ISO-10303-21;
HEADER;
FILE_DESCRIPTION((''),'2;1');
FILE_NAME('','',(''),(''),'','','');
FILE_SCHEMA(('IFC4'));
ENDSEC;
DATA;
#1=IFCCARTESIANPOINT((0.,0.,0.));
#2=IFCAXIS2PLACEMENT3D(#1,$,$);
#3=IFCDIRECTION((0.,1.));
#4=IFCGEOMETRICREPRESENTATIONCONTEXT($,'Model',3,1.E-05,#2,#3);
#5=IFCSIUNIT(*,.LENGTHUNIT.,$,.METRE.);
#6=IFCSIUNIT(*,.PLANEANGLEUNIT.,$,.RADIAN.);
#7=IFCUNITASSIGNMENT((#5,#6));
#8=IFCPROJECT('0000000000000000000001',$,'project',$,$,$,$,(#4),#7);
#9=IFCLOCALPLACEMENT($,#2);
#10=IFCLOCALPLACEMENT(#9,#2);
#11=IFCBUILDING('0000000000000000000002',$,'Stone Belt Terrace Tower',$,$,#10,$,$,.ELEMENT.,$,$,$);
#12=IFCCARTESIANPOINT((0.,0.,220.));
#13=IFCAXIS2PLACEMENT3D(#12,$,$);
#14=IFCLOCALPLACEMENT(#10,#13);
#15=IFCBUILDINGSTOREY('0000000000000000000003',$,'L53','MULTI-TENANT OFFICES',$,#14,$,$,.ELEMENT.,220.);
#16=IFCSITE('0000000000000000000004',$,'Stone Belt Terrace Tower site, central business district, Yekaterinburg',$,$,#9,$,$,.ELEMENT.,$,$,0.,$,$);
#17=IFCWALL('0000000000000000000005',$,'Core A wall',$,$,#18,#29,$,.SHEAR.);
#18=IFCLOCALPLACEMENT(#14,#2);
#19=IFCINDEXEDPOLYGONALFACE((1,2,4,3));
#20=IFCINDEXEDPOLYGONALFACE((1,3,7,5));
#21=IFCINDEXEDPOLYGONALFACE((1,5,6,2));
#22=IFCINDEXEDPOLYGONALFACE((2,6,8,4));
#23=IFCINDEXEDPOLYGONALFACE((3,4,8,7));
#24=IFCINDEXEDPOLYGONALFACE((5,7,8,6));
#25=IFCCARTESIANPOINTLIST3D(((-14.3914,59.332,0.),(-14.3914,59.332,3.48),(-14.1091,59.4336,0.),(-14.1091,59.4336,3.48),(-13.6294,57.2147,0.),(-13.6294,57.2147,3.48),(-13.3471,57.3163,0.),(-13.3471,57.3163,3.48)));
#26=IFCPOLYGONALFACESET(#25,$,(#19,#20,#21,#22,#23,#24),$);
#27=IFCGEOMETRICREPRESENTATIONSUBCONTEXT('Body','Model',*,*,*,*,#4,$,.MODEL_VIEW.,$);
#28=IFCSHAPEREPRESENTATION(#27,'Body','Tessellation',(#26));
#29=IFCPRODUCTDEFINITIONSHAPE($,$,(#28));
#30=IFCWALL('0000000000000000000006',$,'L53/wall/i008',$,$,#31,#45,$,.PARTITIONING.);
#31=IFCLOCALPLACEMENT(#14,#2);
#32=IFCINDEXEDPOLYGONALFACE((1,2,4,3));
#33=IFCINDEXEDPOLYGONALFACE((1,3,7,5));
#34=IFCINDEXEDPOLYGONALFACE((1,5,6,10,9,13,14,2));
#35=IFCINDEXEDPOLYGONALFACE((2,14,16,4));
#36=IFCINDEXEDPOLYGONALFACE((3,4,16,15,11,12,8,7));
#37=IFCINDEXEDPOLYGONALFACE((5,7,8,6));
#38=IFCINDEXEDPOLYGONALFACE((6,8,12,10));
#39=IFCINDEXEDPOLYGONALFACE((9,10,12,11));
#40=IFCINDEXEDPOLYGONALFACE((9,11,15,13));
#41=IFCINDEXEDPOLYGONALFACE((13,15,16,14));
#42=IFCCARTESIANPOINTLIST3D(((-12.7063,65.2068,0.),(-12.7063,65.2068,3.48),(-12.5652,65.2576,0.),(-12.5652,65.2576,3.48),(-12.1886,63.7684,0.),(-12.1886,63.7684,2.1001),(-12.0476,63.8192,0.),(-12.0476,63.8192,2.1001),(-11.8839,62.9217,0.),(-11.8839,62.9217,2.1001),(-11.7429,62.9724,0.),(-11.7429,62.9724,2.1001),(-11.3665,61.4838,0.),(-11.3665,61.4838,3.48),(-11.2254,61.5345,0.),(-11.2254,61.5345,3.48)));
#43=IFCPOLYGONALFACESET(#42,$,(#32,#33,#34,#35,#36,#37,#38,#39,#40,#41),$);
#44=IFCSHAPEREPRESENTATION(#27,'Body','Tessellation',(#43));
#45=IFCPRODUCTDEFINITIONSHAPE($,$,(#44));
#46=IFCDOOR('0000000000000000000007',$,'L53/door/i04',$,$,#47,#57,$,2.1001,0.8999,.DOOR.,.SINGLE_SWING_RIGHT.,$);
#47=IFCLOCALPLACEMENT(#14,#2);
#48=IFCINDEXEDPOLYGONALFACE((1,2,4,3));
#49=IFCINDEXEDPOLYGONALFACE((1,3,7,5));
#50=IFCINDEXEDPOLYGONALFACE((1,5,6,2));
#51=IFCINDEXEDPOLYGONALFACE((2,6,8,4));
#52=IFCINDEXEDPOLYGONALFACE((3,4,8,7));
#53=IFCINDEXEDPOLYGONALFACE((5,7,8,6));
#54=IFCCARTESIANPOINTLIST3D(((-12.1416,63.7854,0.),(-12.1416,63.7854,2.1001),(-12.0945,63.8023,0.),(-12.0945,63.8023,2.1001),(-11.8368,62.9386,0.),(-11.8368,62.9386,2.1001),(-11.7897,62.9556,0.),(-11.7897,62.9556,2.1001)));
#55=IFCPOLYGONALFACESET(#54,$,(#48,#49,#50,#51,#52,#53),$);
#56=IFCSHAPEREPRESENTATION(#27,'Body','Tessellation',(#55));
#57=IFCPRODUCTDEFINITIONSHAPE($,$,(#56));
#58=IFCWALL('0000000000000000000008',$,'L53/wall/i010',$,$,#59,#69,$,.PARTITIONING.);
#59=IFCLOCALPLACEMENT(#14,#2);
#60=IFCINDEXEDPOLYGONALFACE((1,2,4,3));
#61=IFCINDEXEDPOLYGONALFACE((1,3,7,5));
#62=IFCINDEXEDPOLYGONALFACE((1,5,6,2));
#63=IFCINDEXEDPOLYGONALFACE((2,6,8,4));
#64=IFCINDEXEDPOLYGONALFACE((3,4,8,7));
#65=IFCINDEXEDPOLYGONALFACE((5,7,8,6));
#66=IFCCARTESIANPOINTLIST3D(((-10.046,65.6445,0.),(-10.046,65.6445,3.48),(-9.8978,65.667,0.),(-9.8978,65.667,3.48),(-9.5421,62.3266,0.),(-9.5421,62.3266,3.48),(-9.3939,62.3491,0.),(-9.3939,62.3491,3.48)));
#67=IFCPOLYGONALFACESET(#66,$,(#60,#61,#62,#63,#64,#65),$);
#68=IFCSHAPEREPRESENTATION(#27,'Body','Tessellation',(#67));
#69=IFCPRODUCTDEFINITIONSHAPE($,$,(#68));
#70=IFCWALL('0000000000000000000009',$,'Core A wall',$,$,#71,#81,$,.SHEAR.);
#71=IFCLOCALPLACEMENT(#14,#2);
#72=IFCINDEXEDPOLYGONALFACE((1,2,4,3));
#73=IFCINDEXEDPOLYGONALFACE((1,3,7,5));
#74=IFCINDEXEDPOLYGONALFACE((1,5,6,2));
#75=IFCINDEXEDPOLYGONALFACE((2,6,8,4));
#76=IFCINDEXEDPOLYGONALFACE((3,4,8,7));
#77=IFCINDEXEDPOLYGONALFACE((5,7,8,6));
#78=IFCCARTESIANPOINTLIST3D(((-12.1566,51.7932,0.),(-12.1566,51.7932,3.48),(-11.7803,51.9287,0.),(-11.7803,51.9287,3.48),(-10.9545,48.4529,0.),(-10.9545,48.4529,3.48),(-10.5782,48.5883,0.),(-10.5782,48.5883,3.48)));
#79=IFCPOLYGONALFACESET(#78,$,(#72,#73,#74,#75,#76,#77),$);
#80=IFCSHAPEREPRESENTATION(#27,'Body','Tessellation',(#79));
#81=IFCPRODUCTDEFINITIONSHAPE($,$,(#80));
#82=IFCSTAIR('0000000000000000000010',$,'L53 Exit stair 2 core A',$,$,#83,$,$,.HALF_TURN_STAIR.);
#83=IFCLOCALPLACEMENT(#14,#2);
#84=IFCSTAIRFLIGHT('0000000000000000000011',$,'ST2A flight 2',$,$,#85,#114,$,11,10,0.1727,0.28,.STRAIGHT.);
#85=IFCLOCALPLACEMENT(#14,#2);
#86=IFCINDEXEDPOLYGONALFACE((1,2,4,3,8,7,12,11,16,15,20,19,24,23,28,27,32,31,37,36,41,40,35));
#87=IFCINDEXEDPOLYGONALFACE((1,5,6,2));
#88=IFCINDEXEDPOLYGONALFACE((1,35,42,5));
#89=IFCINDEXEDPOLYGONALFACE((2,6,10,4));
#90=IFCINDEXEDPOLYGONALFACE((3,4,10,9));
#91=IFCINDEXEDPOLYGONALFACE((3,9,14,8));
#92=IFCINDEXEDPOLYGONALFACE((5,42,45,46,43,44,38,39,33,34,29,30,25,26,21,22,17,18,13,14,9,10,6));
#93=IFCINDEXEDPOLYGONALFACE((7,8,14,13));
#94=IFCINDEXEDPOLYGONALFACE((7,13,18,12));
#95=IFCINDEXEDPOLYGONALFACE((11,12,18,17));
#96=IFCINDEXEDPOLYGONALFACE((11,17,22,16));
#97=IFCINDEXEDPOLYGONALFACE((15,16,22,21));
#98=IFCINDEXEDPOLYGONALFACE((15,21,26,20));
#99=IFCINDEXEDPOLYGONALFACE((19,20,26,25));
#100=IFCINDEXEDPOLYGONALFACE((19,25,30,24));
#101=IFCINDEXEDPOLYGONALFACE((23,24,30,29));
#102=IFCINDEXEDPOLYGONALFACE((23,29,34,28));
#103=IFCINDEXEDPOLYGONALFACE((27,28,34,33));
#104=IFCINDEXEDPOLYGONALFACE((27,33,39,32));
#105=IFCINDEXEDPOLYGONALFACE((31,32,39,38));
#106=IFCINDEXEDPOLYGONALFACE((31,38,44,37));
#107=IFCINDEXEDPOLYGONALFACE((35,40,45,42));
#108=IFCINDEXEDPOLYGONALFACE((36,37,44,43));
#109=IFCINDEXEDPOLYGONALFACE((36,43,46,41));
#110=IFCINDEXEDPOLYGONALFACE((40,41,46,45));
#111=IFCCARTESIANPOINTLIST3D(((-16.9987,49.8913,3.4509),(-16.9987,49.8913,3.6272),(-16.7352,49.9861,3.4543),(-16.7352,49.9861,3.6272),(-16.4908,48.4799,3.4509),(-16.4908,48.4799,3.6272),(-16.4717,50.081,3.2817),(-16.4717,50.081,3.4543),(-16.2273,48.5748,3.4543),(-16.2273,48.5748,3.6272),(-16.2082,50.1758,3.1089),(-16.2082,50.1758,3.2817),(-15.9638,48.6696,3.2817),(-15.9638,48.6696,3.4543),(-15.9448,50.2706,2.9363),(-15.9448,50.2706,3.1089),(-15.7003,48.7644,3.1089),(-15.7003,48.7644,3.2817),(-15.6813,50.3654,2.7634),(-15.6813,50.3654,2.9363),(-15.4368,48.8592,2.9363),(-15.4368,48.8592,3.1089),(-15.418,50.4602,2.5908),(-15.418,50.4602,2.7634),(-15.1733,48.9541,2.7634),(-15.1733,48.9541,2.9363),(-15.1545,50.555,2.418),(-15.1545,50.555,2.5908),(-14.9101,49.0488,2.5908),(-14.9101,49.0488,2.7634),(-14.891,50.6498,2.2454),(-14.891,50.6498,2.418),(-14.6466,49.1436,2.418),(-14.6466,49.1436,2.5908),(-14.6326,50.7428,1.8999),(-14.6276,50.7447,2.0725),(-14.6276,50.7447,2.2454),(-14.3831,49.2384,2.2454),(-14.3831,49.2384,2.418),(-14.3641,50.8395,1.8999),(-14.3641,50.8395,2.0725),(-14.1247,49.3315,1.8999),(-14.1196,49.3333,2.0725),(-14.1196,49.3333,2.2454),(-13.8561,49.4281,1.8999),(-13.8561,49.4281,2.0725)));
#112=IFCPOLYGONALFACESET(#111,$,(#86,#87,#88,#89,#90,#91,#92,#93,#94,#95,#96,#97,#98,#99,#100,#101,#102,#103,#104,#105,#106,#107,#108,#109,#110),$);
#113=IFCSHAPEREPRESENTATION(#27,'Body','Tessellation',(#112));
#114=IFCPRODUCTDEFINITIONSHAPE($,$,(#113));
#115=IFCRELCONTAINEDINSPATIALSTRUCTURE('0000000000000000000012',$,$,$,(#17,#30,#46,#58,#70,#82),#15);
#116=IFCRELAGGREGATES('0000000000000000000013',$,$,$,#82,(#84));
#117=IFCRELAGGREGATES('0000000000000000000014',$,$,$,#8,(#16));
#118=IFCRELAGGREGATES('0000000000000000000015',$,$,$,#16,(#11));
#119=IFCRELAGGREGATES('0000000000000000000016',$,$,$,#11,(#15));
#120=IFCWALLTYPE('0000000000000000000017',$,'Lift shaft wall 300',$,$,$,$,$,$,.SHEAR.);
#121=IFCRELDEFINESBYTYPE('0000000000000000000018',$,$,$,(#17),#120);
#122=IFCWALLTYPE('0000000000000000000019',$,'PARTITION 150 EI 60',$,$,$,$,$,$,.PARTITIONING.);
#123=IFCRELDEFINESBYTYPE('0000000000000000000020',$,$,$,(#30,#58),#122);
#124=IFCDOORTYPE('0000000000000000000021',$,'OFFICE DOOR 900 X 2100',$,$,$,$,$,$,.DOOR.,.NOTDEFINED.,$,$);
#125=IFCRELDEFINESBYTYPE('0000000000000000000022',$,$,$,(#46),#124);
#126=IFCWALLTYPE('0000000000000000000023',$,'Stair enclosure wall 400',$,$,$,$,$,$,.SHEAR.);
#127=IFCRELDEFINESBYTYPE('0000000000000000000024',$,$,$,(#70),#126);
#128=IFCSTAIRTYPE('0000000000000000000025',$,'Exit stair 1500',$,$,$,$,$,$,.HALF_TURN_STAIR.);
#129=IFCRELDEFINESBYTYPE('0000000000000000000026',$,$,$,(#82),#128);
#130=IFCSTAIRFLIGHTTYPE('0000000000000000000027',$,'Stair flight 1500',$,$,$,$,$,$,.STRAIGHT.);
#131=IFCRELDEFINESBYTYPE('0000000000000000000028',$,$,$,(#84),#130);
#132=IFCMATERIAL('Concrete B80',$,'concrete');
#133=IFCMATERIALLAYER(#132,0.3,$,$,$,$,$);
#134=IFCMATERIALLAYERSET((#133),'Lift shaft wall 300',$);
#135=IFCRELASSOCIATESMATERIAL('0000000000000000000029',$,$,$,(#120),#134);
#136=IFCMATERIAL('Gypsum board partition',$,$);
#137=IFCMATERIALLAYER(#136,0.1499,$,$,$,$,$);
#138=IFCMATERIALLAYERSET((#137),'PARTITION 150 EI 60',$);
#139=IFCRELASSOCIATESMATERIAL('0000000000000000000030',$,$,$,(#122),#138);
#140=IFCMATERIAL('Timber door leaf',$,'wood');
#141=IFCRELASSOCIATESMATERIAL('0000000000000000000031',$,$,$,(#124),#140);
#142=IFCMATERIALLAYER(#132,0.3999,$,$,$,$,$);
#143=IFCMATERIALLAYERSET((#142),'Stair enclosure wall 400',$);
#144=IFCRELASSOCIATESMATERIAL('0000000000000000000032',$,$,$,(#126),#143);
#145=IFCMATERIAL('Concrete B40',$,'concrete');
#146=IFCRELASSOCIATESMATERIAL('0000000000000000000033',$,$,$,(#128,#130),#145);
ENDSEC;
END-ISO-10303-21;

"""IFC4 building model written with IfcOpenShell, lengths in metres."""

from ifc_helpers import new_model, si_unit, direction, frame, frame_2d, origin, place, context, subcontext, project, spatial, polyline, rectangle, outline, extrude, material, layer, layer_set, type_object, element, fill, aggregate, save


model = new_model("IFC4")

# Units and contexts
model_context = context("Model", 3, precision=1e-05, world=origin(), true_north=direction((0.0, 1.0)))
body_context = subcontext(model_context, "Body", "Model", "MODEL_VIEW")
ifc_project = project(units=[si_unit("LENGTHUNIT", "METRE"), si_unit("PLANEANGLEUNIT", "RADIAN")], contexts=[model_context])

# Site, building, storey
site_placement = place(None, origin())
site = spatial("IfcSite", under=ifc_project, at=site_placement, Name="Stone Belt Terrace Tower site, central business district, Yekaterinburg", CompositionType="ELEMENT", RefElevation=0.0)
building_placement = place(site_placement, origin())
building = spatial("IfcBuilding", under=site, at=building_placement, Name="Stone Belt Terrace Tower", CompositionType="ELEMENT")
storey_placement = place(building_placement, frame((0.0, 0.0, 220.0)))
storey = spatial("IfcBuildingStorey", under=building, at=storey_placement, Name="L53", Description="MULTI-TENANT OFFICES", CompositionType="ELEMENT", Elevation=220.0)

# Shared definitions
ifc_material_1 = material(Name="Timber door leaf", Category="wood")

# Wall
ifc_material_2 = material(Name="Concrete B80", Category="concrete")
ifc_layer_1 = layer(ifc_material_2, 0.3)
ifc_layer_set_1 = layer_set([ifc_layer_1], Name="Lift shaft wall 300")
wall_type_1 = type_object("IfcWallType", Name="Lift shaft wall 300", PredefinedType="SHEAR", material=ifc_layer_set_1)
wall_1_placement = place(storey_placement, frame((-13.4883, 57.2656, 0.0), z_axis=(0.0, 0.0, 1.0), x_axis=(-0.338631, 0.940919, 0.0)))
element("IfcWall", 1, at=wall_1_placement, inside=storey, type_object=wall_type_1, Name="Core A wall", PredefinedType="SHEAR", context=body_context, shape_type="SweptSolid", body=[
    extrude(rectangle(XDim=2.2502, YDim=0.3, at=frame_2d((1.125, 0.0))), origin(), (0.0, 0.0, 1.0), 3.48),
])

# Wall, opening, door
ifc_material_3 = material(Name="Gypsum board partition")
ifc_layer_2 = layer(ifc_material_3, 0.1499)
ifc_layer_set_2 = layer_set([ifc_layer_2], Name="PARTITION 150 EI 60")
wall_type_2 = type_object("IfcWallType", Name="PARTITION 150 EI 60", PredefinedType="PARTITIONING", material=ifc_layer_set_2)
wall_2_placement = place(storey_placement, frame((-11.2959, 61.509, 0.0), z_axis=(0.0, 0.0, 1.0), x_axis=(-0.33861, 0.940927, 0.0)))
wall_2 = element("IfcWall", 2, at=wall_2_placement, inside=storey, type_object=wall_type_2, Name="L53/wall/i008", PredefinedType="PARTITIONING", context=body_context, shape_type="SweptSolid", body=[
    extrude(rectangle(XDim=3.9568, YDim=0.1499, at=frame_2d((1.9785, 0.0))), origin(), (0.0, 0.0, 1.0), 3.48),
])
opening_1_placement = place(wall_2_placement, frame((1.5283, 0.0, 0.0)))
opening_1 = element("IfcOpeningElement", 3, at=opening_1_placement, cuts=wall_2, PredefinedType="OPENING", context=body_context, shape_type="SweptSolid", body=[
    extrude(rectangle(XDim=0.8999, YDim=2.1001, at=frame_2d((0.45, 1.05))), frame((0.0, 0.085, 0.0), z_axis=(0.0, -1.0, 0.0), x_axis=(1.0, 0.0, 0.0)), (0.0, 0.0, 1.0), 0.1699),
])
door_type_1 = type_object("IfcDoorType", Name="OFFICE DOOR 900 X 2100", OperationType="NOTDEFINED", PredefinedType="DOOR", material=ifc_material_1)
door_1_placement = place(opening_1_placement, origin())
door_1 = element("IfcDoor", 4, at=door_1_placement, inside=storey, type_object=door_type_1, Name="L53/door/i04", OperationType="SINGLE_SWING_RIGHT", OverallHeight=2.1001, OverallWidth=0.8999, PredefinedType="DOOR", context=body_context, shape_type="SweptSolid", body=[
    extrude(rectangle(XDim=0.8999, YDim=2.1001, at=frame_2d((0.45, 1.05))), frame((0.0, 0.0249, 0.0), z_axis=(0.0, -1.0, 0.0), x_axis=(1.0, 0.0, 0.0)), (0.0, 0.0, 1.0), 0.05),
])
fill(opening_1, door_1)

# Walls
wall_3_placement = place(storey_placement, frame((-9.9719, 65.6558, 0.0), z_axis=(0.0, 0.0, 1.0), x_axis=(0.150154, -0.988663, 0.0)))
element("IfcWall", 5, at=wall_3_placement, inside=storey, type_object=wall_type_2, Name="L53/wall/i010", PredefinedType="PARTITIONING", context=body_context, shape_type="SweptSolid", body=[
    extrude(rectangle(XDim=3.356, YDim=0.1499, at=frame_2d((1.678, 0.0))), origin(), (0.0, 0.0, 1.0), 3.48),
])
ifc_layer_3 = layer(ifc_material_2, 0.3999)
ifc_layer_set_3 = layer_set([ifc_layer_3], Name="Stair enclosure wall 400")
wall_type_3 = type_object("IfcWallType", Name="Stair enclosure wall 400", PredefinedType="SHEAR", material=ifc_layer_set_3)
wall_4_placement = place(storey_placement, frame((-10.7664, 48.5208, 0.0), z_axis=(0.0, 0.0, 1.0), x_axis=(-0.338627, 0.940921, 0.0)))
element("IfcWall", 6, at=wall_4_placement, inside=storey, type_object=wall_type_3, Name="Core A wall", PredefinedType="SHEAR", context=body_context, shape_type="SweptSolid", body=[
    extrude(rectangle(XDim=3.55, YDim=0.3999, at=frame_2d((1.7749, 0.0))), origin(), (0.0, 0.0, 1.0), 3.48),
])

# Stair, stair flight
ifc_material_4 = material(Name="Concrete B40", Category="concrete")
stair_type = type_object("IfcStairType", Name="Exit stair 1500", PredefinedType="HALF_TURN_STAIR", material=ifc_material_4)
stair_placement = place(storey_placement, origin())
stair = element("IfcStair", 7, at=stair_placement, inside=storey, type_object=stair_type, Name="L53 Exit stair 2 core A", PredefinedType="HALF_TURN_STAIR")
stair_flight_type = type_object("IfcStairFlightType", Name="Stair flight 1500", PredefinedType="STRAIGHT", material=ifc_material_4)
stair_flight_placement = place(storey_placement, frame((-14.1101, 50.1338, 1.8999), z_axis=(0.0, 0.0, 1.0), x_axis=(-0.940922, -0.338624, 0.0)))
stair_flight = element("IfcStairFlight", 8, at=stair_flight_placement, type_object=stair_flight_type, Name="ST2A flight 2", NumberOfRisers=11, NumberOfTreads=10, PredefinedType="STRAIGHT", RiserHeight=0.1727, TreadLength=0.28, context=body_context, shape_type="SweptSolid", body=[
    extrude(outline(polyline([(0.0, 0.0), (0.0, 0.1726), (0.28, 0.1726), (0.28, 0.3455), (0.5601, 0.3455), (0.5601, 0.5181), (0.8401, 0.5181), (0.8401, 0.6909), (1.1201, 0.6909), (1.1201, 0.8635), (1.3999, 0.8635), (1.3999, 1.0364), (1.6799, 1.0364), (1.6799, 1.209), (1.96, 1.209), (1.96, 1.3818), (2.24, 1.3818), (2.24, 1.5544), (2.52, 1.5544), (2.52, 1.7273), (2.8, 1.7273), (2.8, 1.8999), (2.8, 1.551), (0.2854, 0.0), (0.0, 0.0)])), frame((0.0, 0.75, 0.0), z_axis=(0.0, -1.0, 0.0), x_axis=(1.0, 0.0, 0.0)), (0.0, 0.0, 1.0), 1.5),
])
aggregate(stair, [stair_flight])

save(model, "model.ifc")
